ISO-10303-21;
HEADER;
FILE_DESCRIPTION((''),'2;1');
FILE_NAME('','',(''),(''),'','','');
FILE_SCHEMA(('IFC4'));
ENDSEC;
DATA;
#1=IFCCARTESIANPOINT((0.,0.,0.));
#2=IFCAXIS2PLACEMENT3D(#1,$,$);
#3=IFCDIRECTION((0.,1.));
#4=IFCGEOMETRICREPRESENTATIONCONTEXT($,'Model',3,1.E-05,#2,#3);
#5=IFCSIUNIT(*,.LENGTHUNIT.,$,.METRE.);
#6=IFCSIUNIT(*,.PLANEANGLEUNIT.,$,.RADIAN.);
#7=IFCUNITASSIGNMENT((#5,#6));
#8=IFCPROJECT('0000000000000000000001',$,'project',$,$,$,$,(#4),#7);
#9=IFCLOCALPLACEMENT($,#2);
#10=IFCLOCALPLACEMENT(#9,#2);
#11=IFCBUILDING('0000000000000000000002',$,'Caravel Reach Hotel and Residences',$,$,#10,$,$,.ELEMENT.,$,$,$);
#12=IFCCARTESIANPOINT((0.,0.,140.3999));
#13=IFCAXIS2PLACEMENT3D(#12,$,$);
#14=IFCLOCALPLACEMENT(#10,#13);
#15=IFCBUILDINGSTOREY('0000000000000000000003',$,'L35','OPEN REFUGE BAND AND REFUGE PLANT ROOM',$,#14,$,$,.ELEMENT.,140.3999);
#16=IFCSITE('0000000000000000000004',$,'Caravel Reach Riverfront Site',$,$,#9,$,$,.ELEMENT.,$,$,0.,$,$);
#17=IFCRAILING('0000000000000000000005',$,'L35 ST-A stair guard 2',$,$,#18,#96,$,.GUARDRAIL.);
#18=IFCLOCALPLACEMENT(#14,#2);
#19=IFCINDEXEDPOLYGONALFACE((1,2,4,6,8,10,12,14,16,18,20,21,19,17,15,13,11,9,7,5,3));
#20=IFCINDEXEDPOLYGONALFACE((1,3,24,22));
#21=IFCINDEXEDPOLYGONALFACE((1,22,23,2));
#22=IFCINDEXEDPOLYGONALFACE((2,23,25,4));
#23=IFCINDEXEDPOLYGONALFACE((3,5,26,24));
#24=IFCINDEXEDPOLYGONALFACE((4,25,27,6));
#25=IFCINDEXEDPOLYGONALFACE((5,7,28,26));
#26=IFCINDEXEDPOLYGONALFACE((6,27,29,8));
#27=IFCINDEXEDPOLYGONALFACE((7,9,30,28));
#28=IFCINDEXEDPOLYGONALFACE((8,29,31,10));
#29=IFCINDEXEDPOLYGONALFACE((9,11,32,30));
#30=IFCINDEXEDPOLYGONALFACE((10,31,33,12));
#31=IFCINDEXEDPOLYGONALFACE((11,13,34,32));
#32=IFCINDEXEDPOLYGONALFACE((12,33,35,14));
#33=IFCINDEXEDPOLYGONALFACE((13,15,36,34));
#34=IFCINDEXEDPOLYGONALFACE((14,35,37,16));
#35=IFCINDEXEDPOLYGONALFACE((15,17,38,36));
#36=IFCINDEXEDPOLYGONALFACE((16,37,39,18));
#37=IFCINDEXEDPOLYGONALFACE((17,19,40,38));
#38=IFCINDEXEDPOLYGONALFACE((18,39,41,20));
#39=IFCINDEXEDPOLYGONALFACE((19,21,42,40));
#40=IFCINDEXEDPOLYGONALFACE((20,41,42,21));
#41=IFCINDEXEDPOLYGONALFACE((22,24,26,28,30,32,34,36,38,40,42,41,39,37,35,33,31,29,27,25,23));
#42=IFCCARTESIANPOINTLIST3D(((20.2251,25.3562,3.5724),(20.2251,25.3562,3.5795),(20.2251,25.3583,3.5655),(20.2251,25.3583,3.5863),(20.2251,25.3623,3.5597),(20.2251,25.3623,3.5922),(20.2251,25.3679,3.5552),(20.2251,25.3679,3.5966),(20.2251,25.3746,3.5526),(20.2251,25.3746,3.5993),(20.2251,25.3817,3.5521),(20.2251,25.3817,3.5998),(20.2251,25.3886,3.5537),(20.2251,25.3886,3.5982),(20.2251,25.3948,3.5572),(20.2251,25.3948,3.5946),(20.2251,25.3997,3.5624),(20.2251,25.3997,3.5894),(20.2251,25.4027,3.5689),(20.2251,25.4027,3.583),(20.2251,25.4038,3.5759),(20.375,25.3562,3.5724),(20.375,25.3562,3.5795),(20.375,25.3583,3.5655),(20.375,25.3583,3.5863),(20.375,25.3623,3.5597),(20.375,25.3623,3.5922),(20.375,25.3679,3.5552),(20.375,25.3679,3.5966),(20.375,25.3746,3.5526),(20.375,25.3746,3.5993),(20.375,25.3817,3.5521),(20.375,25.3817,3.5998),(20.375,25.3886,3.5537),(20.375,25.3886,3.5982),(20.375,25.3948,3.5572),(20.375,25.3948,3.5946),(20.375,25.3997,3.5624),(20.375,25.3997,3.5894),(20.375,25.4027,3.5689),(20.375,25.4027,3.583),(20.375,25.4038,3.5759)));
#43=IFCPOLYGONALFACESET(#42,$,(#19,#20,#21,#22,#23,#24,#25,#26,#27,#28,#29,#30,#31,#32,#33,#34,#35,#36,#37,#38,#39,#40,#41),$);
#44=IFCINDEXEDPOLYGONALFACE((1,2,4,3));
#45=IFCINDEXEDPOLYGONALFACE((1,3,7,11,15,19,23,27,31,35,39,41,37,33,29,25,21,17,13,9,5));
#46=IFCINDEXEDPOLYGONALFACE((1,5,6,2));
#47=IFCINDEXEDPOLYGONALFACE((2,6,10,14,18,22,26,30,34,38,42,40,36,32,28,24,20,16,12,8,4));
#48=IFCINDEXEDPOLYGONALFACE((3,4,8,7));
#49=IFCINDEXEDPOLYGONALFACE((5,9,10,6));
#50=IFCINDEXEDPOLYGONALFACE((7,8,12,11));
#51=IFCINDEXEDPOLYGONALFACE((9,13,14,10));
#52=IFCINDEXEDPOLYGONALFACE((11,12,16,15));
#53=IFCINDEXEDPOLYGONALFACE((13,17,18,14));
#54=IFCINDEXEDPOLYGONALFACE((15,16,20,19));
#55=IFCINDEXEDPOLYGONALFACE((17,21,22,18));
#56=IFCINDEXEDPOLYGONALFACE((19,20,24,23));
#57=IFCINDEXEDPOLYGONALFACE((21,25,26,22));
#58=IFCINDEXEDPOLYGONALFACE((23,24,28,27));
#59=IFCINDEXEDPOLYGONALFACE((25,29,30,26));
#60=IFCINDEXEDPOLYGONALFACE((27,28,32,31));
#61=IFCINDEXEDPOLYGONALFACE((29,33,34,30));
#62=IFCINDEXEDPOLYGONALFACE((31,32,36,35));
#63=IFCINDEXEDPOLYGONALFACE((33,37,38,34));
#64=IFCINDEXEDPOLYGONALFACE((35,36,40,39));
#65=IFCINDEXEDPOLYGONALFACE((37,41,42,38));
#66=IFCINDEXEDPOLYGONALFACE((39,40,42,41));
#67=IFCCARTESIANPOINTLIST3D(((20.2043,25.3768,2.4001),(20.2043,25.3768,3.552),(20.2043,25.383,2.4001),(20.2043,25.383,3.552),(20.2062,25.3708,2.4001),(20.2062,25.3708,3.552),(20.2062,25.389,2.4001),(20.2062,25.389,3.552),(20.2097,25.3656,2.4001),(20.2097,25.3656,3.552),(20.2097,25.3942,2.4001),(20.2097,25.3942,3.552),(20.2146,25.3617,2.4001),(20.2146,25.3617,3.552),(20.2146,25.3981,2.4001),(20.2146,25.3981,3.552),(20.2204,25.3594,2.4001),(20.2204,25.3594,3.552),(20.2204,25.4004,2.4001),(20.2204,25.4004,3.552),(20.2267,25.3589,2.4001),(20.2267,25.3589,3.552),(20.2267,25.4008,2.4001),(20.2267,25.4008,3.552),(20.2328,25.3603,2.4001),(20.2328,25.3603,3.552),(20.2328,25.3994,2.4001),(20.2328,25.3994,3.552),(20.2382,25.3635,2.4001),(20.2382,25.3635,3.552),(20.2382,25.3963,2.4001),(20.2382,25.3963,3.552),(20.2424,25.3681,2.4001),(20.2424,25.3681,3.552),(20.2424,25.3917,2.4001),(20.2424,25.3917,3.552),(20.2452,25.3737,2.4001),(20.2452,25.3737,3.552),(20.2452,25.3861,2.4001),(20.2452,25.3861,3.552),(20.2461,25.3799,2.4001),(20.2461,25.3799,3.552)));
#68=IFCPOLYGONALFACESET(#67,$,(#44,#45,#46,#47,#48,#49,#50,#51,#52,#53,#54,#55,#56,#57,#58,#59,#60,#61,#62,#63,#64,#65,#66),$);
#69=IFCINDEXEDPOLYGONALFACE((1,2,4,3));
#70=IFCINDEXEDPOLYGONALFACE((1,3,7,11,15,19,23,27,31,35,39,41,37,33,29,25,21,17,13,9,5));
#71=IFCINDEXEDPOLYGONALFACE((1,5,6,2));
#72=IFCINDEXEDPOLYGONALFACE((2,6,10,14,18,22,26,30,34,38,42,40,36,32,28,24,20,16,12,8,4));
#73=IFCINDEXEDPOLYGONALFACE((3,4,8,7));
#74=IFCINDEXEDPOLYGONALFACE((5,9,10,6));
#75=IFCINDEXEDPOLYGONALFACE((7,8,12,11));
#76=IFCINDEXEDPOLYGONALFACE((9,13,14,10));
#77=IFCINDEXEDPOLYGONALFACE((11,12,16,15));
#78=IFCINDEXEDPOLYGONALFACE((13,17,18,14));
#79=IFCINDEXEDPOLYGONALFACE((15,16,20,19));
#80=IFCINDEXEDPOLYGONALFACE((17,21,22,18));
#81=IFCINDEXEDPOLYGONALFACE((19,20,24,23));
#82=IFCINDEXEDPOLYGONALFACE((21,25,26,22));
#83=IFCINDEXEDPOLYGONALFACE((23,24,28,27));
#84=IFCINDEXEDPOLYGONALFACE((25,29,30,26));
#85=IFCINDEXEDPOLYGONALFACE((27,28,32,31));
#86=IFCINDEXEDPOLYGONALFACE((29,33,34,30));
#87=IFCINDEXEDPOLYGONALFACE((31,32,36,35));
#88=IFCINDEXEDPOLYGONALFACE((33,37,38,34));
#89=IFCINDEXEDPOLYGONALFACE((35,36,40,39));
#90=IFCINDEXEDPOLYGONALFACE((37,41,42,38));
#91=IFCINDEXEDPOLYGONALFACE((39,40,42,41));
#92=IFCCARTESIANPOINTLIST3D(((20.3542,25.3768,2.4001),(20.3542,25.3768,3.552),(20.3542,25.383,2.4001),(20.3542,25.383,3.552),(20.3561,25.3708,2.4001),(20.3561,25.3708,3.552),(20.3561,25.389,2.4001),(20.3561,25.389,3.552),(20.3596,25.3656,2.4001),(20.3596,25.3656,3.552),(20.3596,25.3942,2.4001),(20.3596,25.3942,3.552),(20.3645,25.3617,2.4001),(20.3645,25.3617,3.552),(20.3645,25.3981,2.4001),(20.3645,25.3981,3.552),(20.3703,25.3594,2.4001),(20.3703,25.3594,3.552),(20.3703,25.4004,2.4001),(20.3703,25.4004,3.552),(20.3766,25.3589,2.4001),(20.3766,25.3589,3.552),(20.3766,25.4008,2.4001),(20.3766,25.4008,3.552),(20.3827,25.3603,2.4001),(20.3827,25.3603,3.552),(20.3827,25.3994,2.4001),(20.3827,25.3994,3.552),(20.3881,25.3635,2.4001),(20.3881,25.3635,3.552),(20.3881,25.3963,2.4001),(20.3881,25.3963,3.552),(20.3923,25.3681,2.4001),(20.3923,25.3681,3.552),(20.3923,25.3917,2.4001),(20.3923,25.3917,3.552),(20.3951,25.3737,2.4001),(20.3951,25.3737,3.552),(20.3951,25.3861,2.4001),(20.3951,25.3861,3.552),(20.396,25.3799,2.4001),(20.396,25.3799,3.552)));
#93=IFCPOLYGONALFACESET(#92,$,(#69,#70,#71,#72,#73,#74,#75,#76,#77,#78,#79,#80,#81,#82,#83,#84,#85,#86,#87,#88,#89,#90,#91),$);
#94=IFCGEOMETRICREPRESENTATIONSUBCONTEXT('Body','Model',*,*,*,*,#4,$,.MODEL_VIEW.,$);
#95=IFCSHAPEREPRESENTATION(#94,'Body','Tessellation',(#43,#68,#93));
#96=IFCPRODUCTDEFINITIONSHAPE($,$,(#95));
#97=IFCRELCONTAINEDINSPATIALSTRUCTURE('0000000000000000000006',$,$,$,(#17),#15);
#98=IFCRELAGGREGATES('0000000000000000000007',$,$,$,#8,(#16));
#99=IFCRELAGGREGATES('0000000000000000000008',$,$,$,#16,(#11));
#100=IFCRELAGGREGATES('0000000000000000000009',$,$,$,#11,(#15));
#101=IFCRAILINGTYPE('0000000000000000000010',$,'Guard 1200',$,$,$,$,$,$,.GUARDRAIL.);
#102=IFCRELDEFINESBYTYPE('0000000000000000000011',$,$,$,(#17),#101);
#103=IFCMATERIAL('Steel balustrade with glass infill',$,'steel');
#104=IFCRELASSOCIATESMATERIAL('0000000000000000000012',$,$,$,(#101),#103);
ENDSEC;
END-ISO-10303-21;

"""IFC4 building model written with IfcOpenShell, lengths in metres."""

from ifc_helpers import new_model, si_unit, direction, frame, origin, origin_2d, place, context, subcontext, project, spatial, circle, extrude, material, type_object, element, save


model = new_model("IFC4")

# Units and contexts
model_context = context("Model", 3, precision=1e-05, world=origin(), true_north=direction((0.0, 1.0)))
body_context = subcontext(model_context, "Body", "Model", "MODEL_VIEW")
ifc_project = project(units=[si_unit("LENGTHUNIT", "METRE"), si_unit("PLANEANGLEUNIT", "RADIAN")], contexts=[model_context])

# Site, building, storey
site_placement = place(None, origin())
site = spatial("IfcSite", under=ifc_project, at=site_placement, Name="Caravel Reach Riverfront Site", CompositionType="ELEMENT", RefElevation=0.0)
building_placement = place(site_placement, origin())
building = spatial("IfcBuilding", under=site, at=building_placement, Name="Caravel Reach Hotel and Residences", CompositionType="ELEMENT")
storey_placement = place(building_placement, frame((0.0, 0.0, 140.3999)))
storey = spatial("IfcBuildingStorey", under=building, at=storey_placement, Name="L35", Description="OPEN REFUGE BAND AND REFUGE PLANT ROOM", CompositionType="ELEMENT", Elevation=140.3999)

# Railing
ifc_material_1 = material(Name="Steel balustrade with glass infill", Category="steel")
railing_type_1 = type_object("IfcRailingType", Name="Guard 1200", PredefinedType="GUARDRAIL", material=ifc_material_1)
railing_1_placement = place(storey_placement, frame((20.2251, 25.3799, 2.4001)))
element("IfcRailing", 1, at=railing_1_placement, inside=storey, type_object=railing_type_1, Name="L35 ST-A stair guard 2", PredefinedType="GUARDRAIL", context=body_context, shape_type="SweptSolid", body=[
    extrude(circle(Radius=0.0239, at=origin_2d()), frame((0.0, 0.0, 1.1758), z_axis=(1.0, 0.0, 0.0), x_axis=(0.0, 1.0, 0.0)), (0.0, 0.0, 1.0), 0.1499),
    extrude(circle(Radius=0.021, at=origin_2d()), origin(), (0.0, 0.0, 1.0), 1.1519),
    extrude(circle(Radius=0.021, at=origin_2d()), frame((0.1499, 0.0, 0.0)), (0.0, 0.0, 1.0), 1.1519),
])

save(model, "model.ifc")
